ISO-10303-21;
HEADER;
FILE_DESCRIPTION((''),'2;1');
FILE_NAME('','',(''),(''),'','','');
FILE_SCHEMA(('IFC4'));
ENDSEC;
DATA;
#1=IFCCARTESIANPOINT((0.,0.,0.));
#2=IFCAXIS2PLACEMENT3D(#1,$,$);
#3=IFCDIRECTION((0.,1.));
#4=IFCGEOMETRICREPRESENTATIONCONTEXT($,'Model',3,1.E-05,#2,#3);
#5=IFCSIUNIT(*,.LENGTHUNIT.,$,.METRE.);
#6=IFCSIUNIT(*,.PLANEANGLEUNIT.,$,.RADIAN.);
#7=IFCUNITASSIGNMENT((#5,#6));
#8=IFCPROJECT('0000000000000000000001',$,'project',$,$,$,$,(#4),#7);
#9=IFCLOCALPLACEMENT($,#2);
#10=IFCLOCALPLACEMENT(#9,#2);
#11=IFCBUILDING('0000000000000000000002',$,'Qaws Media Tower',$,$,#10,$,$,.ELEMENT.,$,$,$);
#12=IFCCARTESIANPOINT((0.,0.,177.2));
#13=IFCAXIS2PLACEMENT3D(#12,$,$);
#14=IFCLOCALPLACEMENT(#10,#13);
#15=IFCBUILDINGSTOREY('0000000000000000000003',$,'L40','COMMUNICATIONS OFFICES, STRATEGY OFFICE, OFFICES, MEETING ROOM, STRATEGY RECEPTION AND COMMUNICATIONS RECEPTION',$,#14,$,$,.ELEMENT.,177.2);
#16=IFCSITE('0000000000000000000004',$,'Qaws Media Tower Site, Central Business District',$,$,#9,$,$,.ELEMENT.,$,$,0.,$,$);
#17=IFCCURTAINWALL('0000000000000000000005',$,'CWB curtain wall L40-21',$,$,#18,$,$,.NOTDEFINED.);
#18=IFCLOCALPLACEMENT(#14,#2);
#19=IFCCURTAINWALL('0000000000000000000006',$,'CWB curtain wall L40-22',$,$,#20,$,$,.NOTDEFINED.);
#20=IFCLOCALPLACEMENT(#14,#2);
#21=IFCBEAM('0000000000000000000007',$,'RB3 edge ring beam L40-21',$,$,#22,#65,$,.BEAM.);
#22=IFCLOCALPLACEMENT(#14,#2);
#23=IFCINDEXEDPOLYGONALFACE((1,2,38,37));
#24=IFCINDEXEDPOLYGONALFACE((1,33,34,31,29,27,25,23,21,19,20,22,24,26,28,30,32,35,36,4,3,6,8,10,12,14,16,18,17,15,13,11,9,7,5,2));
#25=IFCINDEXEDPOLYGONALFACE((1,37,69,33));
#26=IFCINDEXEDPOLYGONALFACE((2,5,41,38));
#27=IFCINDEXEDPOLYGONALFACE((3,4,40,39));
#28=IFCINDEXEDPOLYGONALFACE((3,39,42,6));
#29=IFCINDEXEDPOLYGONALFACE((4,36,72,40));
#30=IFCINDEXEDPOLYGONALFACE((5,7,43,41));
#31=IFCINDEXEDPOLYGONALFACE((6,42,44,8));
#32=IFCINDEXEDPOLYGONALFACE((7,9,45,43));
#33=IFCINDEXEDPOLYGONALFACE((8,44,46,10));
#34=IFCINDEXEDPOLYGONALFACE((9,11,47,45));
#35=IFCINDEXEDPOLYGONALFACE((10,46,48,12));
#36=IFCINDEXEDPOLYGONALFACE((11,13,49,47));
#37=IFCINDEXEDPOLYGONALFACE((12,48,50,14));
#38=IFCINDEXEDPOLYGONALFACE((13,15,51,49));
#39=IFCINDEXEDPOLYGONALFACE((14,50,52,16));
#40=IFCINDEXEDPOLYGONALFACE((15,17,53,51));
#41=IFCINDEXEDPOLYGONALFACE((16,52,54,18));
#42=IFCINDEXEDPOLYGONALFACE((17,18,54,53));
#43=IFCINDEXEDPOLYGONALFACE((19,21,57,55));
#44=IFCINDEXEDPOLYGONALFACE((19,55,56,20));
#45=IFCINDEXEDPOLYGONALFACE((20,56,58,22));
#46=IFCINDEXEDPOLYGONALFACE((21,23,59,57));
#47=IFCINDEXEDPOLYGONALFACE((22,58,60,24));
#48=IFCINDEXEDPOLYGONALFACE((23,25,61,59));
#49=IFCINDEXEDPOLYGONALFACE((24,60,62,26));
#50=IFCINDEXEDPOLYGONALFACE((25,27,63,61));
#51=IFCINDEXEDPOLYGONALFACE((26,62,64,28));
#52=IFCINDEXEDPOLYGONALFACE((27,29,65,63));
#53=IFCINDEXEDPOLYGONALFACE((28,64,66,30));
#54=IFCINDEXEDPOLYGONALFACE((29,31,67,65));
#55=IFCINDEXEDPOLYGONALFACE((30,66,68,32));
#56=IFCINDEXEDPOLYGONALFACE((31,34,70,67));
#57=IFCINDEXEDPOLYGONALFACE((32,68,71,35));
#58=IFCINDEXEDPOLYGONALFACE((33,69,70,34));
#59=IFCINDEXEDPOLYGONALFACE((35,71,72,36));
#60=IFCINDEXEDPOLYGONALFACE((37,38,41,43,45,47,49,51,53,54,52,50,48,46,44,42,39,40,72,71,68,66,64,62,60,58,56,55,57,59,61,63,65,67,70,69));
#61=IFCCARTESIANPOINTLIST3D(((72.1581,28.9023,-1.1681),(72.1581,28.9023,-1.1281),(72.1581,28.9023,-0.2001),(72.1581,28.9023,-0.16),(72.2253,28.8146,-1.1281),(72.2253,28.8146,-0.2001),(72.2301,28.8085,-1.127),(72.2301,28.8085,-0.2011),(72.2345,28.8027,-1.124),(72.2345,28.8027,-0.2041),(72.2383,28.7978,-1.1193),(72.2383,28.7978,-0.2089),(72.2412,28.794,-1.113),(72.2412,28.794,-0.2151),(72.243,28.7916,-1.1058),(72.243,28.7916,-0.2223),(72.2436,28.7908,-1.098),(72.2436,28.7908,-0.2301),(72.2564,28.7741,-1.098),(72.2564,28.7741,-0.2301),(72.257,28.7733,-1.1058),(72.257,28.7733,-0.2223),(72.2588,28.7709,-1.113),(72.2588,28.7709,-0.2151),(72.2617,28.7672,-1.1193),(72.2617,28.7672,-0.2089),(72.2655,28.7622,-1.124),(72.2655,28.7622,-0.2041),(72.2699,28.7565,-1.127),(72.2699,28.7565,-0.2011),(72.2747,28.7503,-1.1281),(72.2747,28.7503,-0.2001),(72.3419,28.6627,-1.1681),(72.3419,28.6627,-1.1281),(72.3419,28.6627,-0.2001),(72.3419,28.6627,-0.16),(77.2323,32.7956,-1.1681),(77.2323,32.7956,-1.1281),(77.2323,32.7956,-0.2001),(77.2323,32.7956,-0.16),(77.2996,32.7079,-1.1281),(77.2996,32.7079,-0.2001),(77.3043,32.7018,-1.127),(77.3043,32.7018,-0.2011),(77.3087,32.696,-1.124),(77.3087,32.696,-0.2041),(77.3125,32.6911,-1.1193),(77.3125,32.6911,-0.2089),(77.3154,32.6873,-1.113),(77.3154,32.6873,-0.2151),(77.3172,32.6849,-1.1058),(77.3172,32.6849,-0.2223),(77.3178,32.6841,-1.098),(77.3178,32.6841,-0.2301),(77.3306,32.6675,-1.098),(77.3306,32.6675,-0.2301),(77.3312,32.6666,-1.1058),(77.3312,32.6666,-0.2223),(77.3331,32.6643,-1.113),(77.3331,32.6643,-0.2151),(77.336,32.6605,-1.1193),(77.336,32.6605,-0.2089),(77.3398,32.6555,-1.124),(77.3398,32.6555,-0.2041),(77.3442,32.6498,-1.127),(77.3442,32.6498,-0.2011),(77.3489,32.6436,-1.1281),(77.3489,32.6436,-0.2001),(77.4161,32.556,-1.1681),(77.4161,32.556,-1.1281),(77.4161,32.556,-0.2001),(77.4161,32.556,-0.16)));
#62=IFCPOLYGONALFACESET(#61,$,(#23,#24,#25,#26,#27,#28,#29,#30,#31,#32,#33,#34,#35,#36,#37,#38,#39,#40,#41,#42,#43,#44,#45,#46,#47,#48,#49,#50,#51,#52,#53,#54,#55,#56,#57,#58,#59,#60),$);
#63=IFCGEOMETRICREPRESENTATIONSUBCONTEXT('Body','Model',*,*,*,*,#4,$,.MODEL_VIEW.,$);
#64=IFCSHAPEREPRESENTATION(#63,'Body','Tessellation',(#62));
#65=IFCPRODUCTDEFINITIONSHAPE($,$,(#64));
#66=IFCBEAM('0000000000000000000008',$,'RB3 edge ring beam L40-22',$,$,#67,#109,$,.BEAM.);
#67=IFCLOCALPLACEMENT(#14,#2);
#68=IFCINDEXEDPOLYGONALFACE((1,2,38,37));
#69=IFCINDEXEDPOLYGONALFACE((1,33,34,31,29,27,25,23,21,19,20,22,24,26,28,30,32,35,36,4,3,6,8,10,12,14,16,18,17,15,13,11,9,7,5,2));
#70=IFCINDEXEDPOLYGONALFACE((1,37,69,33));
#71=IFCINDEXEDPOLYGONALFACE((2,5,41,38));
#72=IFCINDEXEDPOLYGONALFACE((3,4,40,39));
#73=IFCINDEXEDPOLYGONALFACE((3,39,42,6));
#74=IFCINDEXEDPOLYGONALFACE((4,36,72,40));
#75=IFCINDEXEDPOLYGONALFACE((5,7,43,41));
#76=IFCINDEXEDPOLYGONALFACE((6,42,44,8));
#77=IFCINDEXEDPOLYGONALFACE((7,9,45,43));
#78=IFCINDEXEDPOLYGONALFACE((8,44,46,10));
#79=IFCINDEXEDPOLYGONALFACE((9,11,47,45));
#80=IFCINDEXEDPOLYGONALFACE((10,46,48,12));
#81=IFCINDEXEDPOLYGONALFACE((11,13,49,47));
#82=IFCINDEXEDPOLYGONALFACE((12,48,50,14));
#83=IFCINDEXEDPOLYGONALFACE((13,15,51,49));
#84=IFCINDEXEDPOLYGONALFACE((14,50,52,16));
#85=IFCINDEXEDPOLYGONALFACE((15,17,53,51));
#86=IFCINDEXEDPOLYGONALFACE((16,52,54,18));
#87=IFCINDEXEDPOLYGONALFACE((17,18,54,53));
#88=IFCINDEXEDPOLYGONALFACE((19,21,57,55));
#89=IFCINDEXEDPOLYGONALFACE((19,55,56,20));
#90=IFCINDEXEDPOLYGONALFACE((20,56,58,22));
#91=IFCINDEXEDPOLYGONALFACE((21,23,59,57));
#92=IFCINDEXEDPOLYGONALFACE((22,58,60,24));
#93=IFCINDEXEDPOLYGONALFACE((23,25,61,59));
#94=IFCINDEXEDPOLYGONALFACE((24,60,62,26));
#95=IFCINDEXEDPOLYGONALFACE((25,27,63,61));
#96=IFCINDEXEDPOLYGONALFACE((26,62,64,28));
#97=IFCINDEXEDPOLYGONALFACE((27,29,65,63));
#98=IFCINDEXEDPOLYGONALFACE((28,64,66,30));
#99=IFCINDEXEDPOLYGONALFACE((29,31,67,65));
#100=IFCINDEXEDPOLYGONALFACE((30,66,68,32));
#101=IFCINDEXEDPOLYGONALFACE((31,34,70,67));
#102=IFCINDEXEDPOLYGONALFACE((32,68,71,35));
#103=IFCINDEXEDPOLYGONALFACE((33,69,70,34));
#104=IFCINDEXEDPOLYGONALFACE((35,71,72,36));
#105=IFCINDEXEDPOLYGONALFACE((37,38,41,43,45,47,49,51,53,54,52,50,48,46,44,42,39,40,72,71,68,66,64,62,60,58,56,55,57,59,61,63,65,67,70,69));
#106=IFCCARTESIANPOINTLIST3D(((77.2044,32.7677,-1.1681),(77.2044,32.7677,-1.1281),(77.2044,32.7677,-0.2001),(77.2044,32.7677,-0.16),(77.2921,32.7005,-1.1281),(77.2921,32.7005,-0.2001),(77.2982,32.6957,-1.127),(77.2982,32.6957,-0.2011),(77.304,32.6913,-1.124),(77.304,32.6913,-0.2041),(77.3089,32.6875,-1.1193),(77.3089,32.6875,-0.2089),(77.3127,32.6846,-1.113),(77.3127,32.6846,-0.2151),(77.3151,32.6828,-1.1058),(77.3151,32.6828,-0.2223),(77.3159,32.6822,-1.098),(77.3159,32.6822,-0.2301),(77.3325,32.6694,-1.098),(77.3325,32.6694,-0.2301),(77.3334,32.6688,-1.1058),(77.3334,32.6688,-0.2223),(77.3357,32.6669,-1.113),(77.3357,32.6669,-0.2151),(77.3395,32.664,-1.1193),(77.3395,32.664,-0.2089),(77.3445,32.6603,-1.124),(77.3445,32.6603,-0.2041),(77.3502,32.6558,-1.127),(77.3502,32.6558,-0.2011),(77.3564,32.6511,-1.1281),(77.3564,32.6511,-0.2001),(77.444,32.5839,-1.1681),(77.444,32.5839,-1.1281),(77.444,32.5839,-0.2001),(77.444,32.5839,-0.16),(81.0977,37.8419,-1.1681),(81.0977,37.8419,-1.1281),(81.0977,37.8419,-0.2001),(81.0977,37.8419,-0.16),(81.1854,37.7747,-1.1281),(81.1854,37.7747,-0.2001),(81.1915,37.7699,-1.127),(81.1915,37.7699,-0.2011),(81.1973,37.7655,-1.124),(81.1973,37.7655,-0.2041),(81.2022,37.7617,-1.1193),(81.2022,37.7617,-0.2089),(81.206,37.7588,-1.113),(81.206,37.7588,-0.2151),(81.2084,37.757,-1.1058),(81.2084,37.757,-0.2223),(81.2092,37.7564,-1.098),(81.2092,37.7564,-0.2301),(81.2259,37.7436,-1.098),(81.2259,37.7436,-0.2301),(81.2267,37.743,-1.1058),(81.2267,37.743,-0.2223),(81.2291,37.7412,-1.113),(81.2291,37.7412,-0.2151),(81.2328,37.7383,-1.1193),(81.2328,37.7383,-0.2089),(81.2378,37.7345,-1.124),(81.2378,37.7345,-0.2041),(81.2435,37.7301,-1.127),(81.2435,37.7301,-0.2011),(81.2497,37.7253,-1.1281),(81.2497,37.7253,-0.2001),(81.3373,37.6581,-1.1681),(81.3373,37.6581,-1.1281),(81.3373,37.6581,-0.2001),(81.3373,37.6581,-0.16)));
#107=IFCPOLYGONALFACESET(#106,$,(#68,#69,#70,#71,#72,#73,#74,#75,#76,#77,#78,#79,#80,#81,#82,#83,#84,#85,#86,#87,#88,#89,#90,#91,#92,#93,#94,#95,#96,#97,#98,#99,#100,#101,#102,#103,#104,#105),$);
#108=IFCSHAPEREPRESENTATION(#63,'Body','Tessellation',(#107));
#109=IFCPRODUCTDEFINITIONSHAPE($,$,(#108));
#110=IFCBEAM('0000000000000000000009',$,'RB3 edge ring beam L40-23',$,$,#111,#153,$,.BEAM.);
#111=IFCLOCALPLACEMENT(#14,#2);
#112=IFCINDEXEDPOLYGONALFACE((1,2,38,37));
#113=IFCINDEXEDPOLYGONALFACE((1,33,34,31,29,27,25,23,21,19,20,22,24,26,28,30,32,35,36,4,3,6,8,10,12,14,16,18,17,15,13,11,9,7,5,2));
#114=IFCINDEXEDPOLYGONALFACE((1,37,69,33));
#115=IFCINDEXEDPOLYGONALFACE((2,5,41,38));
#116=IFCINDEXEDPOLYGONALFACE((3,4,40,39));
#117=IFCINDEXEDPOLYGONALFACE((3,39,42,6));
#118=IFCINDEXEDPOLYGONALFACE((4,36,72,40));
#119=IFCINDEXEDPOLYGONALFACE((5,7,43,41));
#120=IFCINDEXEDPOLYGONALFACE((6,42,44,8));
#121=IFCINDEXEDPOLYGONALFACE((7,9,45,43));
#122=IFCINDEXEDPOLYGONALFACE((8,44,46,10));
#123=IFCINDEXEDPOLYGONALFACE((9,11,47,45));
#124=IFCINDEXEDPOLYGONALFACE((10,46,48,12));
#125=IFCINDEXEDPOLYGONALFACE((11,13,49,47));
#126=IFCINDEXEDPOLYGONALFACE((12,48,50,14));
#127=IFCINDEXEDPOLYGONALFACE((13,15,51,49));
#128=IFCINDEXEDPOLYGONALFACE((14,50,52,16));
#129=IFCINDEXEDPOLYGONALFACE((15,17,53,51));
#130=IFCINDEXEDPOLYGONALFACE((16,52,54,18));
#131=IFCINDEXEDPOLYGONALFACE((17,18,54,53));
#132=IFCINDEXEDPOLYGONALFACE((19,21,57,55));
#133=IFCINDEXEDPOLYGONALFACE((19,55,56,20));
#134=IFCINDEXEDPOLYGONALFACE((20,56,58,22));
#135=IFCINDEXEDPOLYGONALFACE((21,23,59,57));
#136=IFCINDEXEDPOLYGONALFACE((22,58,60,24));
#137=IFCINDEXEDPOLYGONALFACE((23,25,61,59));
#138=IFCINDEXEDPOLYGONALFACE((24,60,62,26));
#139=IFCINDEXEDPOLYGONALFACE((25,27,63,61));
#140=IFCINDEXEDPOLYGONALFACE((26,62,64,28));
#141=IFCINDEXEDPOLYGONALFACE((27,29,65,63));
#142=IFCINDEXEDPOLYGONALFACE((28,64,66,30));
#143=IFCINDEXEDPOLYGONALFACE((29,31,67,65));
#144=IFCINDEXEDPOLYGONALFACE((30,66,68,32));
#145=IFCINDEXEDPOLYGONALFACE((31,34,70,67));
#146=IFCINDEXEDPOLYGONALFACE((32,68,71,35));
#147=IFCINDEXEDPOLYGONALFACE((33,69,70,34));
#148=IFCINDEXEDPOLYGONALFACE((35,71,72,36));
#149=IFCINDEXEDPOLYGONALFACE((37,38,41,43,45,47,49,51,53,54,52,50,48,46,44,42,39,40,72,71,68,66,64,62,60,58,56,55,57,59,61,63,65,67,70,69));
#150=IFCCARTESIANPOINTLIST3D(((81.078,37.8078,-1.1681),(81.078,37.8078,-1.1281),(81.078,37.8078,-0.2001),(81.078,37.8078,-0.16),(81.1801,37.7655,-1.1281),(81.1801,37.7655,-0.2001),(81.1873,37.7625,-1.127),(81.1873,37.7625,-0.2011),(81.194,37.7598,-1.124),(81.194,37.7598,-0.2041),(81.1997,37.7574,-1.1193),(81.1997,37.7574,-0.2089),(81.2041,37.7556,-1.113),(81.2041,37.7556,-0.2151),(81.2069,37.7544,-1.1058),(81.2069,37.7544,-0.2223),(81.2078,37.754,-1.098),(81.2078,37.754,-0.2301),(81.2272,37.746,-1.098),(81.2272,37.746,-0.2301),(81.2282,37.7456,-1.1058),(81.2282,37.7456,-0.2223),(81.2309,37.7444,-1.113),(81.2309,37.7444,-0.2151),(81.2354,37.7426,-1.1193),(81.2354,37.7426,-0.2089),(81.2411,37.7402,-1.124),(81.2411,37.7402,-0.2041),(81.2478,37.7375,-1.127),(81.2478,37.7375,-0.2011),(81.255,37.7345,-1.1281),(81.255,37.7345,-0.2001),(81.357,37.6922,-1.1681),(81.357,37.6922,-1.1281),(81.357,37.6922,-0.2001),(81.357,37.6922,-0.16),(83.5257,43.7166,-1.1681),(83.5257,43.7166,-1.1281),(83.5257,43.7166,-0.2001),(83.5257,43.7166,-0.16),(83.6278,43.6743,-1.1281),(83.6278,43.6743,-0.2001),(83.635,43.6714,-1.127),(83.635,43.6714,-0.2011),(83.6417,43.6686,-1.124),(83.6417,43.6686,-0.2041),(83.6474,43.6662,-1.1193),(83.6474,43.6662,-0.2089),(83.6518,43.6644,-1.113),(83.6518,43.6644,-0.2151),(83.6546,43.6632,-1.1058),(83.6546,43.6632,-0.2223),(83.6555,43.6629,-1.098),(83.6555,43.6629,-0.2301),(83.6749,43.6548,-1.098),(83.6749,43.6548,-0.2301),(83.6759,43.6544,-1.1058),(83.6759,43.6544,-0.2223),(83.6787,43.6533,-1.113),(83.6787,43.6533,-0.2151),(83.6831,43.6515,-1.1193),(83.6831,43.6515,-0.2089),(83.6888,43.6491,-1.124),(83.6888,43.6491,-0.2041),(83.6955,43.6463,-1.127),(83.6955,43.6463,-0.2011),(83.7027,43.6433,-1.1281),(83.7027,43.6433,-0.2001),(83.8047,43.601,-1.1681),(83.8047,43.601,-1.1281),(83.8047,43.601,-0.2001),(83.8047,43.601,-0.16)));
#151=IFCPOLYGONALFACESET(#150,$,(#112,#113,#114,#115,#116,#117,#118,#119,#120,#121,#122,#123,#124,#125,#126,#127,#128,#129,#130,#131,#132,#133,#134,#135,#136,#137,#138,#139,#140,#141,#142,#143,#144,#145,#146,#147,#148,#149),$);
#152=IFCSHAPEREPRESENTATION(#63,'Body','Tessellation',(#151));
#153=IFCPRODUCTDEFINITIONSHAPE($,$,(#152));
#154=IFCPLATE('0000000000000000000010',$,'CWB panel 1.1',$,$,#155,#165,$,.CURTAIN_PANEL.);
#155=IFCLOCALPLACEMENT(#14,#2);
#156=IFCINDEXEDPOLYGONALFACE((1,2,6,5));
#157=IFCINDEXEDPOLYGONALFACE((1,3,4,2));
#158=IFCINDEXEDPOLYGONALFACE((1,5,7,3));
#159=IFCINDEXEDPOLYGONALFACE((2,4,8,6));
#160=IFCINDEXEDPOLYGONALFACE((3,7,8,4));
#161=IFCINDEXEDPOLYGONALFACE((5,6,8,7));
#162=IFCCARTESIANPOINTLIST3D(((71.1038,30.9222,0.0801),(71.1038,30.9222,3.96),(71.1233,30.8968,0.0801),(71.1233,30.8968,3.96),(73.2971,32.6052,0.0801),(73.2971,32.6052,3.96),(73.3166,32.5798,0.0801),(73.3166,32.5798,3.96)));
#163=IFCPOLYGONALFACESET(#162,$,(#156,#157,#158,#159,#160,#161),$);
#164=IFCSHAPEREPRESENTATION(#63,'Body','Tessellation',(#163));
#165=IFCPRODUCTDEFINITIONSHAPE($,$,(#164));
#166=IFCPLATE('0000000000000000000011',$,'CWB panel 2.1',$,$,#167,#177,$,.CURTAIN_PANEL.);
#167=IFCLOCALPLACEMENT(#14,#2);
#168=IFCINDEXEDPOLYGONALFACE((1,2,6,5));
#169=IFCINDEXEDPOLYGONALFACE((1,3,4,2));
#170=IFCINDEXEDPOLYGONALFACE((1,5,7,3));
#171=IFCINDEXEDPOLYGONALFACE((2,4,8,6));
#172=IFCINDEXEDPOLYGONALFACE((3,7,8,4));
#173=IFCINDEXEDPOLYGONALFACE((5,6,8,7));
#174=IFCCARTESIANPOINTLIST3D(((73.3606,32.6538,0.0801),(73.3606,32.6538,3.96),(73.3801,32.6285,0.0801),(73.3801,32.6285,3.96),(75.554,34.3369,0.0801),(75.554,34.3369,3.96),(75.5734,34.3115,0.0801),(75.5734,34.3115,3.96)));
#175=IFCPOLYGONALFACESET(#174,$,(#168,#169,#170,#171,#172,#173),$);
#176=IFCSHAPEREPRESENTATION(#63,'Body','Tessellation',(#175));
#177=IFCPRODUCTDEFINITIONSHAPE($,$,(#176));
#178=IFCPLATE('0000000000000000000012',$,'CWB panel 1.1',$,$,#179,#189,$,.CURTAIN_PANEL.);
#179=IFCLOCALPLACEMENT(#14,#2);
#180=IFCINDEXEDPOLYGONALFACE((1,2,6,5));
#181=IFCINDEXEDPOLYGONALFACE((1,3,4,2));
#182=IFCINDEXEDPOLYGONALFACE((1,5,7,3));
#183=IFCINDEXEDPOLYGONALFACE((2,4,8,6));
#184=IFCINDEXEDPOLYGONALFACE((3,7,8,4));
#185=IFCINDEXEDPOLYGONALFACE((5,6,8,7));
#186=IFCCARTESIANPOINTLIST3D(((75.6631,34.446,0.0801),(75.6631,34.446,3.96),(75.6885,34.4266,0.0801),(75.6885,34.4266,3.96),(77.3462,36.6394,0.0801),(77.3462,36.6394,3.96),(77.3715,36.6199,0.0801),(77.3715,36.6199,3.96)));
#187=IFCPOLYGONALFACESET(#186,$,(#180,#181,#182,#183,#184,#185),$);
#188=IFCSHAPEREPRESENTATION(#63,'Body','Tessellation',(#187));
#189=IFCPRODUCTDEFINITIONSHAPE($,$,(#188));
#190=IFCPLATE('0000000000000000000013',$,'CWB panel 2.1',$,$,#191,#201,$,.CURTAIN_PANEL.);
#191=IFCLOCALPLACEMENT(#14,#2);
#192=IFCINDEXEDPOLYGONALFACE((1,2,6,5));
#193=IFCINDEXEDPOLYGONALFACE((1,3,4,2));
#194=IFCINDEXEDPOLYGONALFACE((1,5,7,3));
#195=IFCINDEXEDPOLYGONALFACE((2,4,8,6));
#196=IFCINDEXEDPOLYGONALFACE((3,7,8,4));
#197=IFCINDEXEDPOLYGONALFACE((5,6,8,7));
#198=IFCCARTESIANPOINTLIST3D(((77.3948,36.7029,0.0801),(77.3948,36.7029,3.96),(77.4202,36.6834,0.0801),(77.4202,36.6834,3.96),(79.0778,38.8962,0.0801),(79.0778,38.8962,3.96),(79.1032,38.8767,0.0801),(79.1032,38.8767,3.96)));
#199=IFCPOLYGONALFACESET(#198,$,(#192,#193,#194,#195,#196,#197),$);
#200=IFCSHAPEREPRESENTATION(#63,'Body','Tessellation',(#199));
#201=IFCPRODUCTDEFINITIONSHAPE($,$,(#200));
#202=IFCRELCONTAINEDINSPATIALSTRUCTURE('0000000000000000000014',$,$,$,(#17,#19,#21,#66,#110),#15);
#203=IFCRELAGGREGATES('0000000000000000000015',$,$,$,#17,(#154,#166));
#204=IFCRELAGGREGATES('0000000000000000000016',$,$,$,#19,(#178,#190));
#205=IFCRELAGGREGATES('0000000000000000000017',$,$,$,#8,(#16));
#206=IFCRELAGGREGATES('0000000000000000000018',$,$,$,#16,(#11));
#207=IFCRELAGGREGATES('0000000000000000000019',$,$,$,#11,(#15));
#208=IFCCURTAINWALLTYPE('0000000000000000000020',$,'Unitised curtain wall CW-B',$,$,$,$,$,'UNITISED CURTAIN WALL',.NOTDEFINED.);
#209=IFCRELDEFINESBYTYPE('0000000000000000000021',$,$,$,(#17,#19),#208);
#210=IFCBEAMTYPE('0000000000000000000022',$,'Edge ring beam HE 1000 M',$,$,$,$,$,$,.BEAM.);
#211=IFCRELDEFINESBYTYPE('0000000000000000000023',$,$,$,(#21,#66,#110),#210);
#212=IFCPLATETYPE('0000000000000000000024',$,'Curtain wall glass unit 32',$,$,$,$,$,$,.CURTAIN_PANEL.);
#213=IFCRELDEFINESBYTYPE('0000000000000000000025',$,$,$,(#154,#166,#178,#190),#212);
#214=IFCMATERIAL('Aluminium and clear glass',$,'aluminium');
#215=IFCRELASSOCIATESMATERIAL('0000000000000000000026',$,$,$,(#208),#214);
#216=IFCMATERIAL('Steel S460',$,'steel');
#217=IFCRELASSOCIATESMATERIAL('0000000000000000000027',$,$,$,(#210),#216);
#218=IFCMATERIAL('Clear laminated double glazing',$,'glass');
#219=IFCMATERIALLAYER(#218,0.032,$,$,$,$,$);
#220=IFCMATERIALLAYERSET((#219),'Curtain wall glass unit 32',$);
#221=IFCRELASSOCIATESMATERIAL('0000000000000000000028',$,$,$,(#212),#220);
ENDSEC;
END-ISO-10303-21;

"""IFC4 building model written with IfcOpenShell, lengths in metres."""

from ifc_helpers import new_model, si_unit, direction, frame, origin, origin_2d, place, context, subcontext, project, spatial, rectangle, i_section, extrude, material, layer, layer_set, material_profile, profile_set, type_object, element, aggregate, save


model = new_model("IFC4")

# Units and contexts
model_context = context("Model", 3, precision=1e-05, world=origin(), true_north=direction((0.0, 1.0)))
body_context = subcontext(model_context, "Body", "Model", "MODEL_VIEW")
ifc_project = project(units=[si_unit("LENGTHUNIT", "METRE"), si_unit("PLANEANGLEUNIT", "RADIAN")], contexts=[model_context])

# Site, building, storey
site_placement = place(None, origin())
site = spatial("IfcSite", under=ifc_project, at=site_placement, Name="Qaws Media Tower Site, Central Business District", CompositionType="ELEMENT", RefElevation=0.0)
building_placement = place(site_placement, origin())
building = spatial("IfcBuilding", under=site, at=building_placement, Name="Qaws Media Tower", CompositionType="ELEMENT")
storey_placement = place(building_placement, frame((0.0, 0.0, 177.2)))
storey = spatial("IfcBuildingStorey", under=building, at=storey_placement, Name="L40", Description="COMMUNICATIONS OFFICES, STRATEGY OFFICE, OFFICES, MEETING ROOM, STRATEGY RECEPTION AND COMMUNICATIONS RECEPTION", CompositionType="ELEMENT", Elevation=177.2)

# Curtain walls
ifc_material_1 = material(Name="Aluminium and clear glass", Category="aluminium")
curtain_wall_type = type_object("IfcCurtainWallType", Name="Unitised curtain wall CW-B", ElementType="UNITISED CURTAIN WALL", PredefinedType="NOTDEFINED", material=ifc_material_1)
curtain_wall_1_placement = place(storey_placement, origin())
curtain_wall_1 = element("IfcCurtainWall", 1, at=curtain_wall_1_placement, inside=storey, type_object=curtain_wall_type, Name="CWB curtain wall L40-21", PredefinedType="NOTDEFINED")
curtain_wall_2_placement = place(storey_placement, origin())
curtain_wall_2 = element("IfcCurtainWall", 2, at=curtain_wall_2_placement, inside=storey, type_object=curtain_wall_type, Name="CWB curtain wall L40-22", PredefinedType="NOTDEFINED")

# Beams
ifc_material_2 = material(Name="Steel S460", Category="steel")
ifc_material_profile_1 = material_profile(ifc_material_2, i_section(OverallWidth=0.302, OverallDepth=1.0081, WebThickness=0.021, FlangeThickness=0.04, FilletRadius=0.03, at=origin_2d()), Name="HE 1000 M")
ifc_profile_set_1 = profile_set([ifc_material_profile_1], Name="Steel S460")
beam_type = type_object("IfcBeamType", Name="Edge ring beam HE 1000 M", PredefinedType="BEAM", material=ifc_profile_set_1)
for number, where, z_axis, x_axis, name in (
    (3, (72.25, 28.7825, -0.6641), (0.793374, 0.608734, 0.0), (-0.608734, 0.793374, 0.0), "RB3 edge ring beam L40-21"),
    (4, (77.3242, 32.6758, -0.6641), (0.608734, 0.793374, 0.0), (-0.793374, 0.608734, 0.0), "RB3 edge ring beam L40-22"),
    (5, (81.2175, 37.75, -0.6641), (0.382709, 0.923869, 0.0), (-0.923869, 0.382709, 0.0), "RB3 edge ring beam L40-23"),
):
    element("IfcBeam", number, at=place(storey_placement, frame(where, z_axis=z_axis, x_axis=x_axis)), inside=storey, type_object=beam_type, Name=name, PredefinedType="BEAM", context=body_context, shape_type="SweptSolid", body=[
        extrude(i_section(OverallWidth=0.302, OverallDepth=1.0081, WebThickness=0.021, FlangeThickness=0.04, FilletRadius=0.03, at=origin_2d()), origin(), (0.0, 0.0, 1.0), 6.3958),
    ])

# Plates
ifc_material_3 = material(Name="Clear laminated double glazing", Category="glass")
ifc_layer_1 = layer(ifc_material_3, 0.032)
ifc_layer_set_1 = layer_set([ifc_layer_1], Name="Curtain wall glass unit 32")
plate_type_1 = type_object("IfcPlateType", Name="Curtain wall glass unit 32", PredefinedType="CURTAIN_PANEL", material=ifc_layer_set_1)
plate_1_placement = place(storey_placement, frame((72.2102, 31.751, 0.0801), z_axis=(0.0, 0.0, 1.0), x_axis=(0.793353, 0.608761, 0.0)))
plate_1 = element("IfcPlate", 6, at=plate_1_placement, type_object=plate_type_1, Name="CWB panel 1.1", PredefinedType="CURTAIN_PANEL", context=body_context, shape_type="SweptSolid", body=[
    extrude(rectangle(XDim=2.7646, YDim=0.032, at=origin_2d()), origin(), (0.0, 0.0, 1.0), 3.8799),
])
plate_2_placement = place(storey_placement, frame((74.467, 33.4827, 0.0801), z_axis=(0.0, 0.0, 1.0), x_axis=(0.793353, 0.608761, 0.0)))
plate_2 = element("IfcPlate", 7, at=plate_2_placement, type_object=plate_type_1, Name="CWB panel 2.1", PredefinedType="CURTAIN_PANEL", context=body_context, shape_type="SweptSolid", body=[
    extrude(rectangle(XDim=2.7646, YDim=0.032, at=origin_2d()), origin(), (0.0, 0.0, 1.0), 3.8799),
])
aggregate(curtain_wall_1, [plate_1, plate_2])
plate_3_placement = place(storey_placement, frame((76.5173, 35.533, 0.0801), z_axis=(0.0, 0.0, 1.0), x_axis=(0.608761, 0.793353, 0.0)))
plate_3 = element("IfcPlate", 8, at=plate_3_placement, type_object=plate_type_1, Name="CWB panel 1.1", PredefinedType="CURTAIN_PANEL", context=body_context, shape_type="SweptSolid", body=[
    extrude(rectangle(XDim=2.7646, YDim=0.032, at=origin_2d()), origin(), (0.0, 0.0, 1.0), 3.8799),
])
plate_4_placement = place(storey_placement, frame((78.249, 37.7898, 0.0801), z_axis=(0.0, 0.0, 1.0), x_axis=(0.608761, 0.793353, 0.0)))
plate_4 = element("IfcPlate", 9, at=plate_4_placement, type_object=plate_type_1, Name="CWB panel 2.1", PredefinedType="CURTAIN_PANEL", context=body_context, shape_type="SweptSolid", body=[
    extrude(rectangle(XDim=2.7646, YDim=0.032, at=origin_2d()), origin(), (0.0, 0.0, 1.0), 3.8799),
])
aggregate(curtain_wall_2, [plate_3, plate_4])

save(model, "model.ifc")
